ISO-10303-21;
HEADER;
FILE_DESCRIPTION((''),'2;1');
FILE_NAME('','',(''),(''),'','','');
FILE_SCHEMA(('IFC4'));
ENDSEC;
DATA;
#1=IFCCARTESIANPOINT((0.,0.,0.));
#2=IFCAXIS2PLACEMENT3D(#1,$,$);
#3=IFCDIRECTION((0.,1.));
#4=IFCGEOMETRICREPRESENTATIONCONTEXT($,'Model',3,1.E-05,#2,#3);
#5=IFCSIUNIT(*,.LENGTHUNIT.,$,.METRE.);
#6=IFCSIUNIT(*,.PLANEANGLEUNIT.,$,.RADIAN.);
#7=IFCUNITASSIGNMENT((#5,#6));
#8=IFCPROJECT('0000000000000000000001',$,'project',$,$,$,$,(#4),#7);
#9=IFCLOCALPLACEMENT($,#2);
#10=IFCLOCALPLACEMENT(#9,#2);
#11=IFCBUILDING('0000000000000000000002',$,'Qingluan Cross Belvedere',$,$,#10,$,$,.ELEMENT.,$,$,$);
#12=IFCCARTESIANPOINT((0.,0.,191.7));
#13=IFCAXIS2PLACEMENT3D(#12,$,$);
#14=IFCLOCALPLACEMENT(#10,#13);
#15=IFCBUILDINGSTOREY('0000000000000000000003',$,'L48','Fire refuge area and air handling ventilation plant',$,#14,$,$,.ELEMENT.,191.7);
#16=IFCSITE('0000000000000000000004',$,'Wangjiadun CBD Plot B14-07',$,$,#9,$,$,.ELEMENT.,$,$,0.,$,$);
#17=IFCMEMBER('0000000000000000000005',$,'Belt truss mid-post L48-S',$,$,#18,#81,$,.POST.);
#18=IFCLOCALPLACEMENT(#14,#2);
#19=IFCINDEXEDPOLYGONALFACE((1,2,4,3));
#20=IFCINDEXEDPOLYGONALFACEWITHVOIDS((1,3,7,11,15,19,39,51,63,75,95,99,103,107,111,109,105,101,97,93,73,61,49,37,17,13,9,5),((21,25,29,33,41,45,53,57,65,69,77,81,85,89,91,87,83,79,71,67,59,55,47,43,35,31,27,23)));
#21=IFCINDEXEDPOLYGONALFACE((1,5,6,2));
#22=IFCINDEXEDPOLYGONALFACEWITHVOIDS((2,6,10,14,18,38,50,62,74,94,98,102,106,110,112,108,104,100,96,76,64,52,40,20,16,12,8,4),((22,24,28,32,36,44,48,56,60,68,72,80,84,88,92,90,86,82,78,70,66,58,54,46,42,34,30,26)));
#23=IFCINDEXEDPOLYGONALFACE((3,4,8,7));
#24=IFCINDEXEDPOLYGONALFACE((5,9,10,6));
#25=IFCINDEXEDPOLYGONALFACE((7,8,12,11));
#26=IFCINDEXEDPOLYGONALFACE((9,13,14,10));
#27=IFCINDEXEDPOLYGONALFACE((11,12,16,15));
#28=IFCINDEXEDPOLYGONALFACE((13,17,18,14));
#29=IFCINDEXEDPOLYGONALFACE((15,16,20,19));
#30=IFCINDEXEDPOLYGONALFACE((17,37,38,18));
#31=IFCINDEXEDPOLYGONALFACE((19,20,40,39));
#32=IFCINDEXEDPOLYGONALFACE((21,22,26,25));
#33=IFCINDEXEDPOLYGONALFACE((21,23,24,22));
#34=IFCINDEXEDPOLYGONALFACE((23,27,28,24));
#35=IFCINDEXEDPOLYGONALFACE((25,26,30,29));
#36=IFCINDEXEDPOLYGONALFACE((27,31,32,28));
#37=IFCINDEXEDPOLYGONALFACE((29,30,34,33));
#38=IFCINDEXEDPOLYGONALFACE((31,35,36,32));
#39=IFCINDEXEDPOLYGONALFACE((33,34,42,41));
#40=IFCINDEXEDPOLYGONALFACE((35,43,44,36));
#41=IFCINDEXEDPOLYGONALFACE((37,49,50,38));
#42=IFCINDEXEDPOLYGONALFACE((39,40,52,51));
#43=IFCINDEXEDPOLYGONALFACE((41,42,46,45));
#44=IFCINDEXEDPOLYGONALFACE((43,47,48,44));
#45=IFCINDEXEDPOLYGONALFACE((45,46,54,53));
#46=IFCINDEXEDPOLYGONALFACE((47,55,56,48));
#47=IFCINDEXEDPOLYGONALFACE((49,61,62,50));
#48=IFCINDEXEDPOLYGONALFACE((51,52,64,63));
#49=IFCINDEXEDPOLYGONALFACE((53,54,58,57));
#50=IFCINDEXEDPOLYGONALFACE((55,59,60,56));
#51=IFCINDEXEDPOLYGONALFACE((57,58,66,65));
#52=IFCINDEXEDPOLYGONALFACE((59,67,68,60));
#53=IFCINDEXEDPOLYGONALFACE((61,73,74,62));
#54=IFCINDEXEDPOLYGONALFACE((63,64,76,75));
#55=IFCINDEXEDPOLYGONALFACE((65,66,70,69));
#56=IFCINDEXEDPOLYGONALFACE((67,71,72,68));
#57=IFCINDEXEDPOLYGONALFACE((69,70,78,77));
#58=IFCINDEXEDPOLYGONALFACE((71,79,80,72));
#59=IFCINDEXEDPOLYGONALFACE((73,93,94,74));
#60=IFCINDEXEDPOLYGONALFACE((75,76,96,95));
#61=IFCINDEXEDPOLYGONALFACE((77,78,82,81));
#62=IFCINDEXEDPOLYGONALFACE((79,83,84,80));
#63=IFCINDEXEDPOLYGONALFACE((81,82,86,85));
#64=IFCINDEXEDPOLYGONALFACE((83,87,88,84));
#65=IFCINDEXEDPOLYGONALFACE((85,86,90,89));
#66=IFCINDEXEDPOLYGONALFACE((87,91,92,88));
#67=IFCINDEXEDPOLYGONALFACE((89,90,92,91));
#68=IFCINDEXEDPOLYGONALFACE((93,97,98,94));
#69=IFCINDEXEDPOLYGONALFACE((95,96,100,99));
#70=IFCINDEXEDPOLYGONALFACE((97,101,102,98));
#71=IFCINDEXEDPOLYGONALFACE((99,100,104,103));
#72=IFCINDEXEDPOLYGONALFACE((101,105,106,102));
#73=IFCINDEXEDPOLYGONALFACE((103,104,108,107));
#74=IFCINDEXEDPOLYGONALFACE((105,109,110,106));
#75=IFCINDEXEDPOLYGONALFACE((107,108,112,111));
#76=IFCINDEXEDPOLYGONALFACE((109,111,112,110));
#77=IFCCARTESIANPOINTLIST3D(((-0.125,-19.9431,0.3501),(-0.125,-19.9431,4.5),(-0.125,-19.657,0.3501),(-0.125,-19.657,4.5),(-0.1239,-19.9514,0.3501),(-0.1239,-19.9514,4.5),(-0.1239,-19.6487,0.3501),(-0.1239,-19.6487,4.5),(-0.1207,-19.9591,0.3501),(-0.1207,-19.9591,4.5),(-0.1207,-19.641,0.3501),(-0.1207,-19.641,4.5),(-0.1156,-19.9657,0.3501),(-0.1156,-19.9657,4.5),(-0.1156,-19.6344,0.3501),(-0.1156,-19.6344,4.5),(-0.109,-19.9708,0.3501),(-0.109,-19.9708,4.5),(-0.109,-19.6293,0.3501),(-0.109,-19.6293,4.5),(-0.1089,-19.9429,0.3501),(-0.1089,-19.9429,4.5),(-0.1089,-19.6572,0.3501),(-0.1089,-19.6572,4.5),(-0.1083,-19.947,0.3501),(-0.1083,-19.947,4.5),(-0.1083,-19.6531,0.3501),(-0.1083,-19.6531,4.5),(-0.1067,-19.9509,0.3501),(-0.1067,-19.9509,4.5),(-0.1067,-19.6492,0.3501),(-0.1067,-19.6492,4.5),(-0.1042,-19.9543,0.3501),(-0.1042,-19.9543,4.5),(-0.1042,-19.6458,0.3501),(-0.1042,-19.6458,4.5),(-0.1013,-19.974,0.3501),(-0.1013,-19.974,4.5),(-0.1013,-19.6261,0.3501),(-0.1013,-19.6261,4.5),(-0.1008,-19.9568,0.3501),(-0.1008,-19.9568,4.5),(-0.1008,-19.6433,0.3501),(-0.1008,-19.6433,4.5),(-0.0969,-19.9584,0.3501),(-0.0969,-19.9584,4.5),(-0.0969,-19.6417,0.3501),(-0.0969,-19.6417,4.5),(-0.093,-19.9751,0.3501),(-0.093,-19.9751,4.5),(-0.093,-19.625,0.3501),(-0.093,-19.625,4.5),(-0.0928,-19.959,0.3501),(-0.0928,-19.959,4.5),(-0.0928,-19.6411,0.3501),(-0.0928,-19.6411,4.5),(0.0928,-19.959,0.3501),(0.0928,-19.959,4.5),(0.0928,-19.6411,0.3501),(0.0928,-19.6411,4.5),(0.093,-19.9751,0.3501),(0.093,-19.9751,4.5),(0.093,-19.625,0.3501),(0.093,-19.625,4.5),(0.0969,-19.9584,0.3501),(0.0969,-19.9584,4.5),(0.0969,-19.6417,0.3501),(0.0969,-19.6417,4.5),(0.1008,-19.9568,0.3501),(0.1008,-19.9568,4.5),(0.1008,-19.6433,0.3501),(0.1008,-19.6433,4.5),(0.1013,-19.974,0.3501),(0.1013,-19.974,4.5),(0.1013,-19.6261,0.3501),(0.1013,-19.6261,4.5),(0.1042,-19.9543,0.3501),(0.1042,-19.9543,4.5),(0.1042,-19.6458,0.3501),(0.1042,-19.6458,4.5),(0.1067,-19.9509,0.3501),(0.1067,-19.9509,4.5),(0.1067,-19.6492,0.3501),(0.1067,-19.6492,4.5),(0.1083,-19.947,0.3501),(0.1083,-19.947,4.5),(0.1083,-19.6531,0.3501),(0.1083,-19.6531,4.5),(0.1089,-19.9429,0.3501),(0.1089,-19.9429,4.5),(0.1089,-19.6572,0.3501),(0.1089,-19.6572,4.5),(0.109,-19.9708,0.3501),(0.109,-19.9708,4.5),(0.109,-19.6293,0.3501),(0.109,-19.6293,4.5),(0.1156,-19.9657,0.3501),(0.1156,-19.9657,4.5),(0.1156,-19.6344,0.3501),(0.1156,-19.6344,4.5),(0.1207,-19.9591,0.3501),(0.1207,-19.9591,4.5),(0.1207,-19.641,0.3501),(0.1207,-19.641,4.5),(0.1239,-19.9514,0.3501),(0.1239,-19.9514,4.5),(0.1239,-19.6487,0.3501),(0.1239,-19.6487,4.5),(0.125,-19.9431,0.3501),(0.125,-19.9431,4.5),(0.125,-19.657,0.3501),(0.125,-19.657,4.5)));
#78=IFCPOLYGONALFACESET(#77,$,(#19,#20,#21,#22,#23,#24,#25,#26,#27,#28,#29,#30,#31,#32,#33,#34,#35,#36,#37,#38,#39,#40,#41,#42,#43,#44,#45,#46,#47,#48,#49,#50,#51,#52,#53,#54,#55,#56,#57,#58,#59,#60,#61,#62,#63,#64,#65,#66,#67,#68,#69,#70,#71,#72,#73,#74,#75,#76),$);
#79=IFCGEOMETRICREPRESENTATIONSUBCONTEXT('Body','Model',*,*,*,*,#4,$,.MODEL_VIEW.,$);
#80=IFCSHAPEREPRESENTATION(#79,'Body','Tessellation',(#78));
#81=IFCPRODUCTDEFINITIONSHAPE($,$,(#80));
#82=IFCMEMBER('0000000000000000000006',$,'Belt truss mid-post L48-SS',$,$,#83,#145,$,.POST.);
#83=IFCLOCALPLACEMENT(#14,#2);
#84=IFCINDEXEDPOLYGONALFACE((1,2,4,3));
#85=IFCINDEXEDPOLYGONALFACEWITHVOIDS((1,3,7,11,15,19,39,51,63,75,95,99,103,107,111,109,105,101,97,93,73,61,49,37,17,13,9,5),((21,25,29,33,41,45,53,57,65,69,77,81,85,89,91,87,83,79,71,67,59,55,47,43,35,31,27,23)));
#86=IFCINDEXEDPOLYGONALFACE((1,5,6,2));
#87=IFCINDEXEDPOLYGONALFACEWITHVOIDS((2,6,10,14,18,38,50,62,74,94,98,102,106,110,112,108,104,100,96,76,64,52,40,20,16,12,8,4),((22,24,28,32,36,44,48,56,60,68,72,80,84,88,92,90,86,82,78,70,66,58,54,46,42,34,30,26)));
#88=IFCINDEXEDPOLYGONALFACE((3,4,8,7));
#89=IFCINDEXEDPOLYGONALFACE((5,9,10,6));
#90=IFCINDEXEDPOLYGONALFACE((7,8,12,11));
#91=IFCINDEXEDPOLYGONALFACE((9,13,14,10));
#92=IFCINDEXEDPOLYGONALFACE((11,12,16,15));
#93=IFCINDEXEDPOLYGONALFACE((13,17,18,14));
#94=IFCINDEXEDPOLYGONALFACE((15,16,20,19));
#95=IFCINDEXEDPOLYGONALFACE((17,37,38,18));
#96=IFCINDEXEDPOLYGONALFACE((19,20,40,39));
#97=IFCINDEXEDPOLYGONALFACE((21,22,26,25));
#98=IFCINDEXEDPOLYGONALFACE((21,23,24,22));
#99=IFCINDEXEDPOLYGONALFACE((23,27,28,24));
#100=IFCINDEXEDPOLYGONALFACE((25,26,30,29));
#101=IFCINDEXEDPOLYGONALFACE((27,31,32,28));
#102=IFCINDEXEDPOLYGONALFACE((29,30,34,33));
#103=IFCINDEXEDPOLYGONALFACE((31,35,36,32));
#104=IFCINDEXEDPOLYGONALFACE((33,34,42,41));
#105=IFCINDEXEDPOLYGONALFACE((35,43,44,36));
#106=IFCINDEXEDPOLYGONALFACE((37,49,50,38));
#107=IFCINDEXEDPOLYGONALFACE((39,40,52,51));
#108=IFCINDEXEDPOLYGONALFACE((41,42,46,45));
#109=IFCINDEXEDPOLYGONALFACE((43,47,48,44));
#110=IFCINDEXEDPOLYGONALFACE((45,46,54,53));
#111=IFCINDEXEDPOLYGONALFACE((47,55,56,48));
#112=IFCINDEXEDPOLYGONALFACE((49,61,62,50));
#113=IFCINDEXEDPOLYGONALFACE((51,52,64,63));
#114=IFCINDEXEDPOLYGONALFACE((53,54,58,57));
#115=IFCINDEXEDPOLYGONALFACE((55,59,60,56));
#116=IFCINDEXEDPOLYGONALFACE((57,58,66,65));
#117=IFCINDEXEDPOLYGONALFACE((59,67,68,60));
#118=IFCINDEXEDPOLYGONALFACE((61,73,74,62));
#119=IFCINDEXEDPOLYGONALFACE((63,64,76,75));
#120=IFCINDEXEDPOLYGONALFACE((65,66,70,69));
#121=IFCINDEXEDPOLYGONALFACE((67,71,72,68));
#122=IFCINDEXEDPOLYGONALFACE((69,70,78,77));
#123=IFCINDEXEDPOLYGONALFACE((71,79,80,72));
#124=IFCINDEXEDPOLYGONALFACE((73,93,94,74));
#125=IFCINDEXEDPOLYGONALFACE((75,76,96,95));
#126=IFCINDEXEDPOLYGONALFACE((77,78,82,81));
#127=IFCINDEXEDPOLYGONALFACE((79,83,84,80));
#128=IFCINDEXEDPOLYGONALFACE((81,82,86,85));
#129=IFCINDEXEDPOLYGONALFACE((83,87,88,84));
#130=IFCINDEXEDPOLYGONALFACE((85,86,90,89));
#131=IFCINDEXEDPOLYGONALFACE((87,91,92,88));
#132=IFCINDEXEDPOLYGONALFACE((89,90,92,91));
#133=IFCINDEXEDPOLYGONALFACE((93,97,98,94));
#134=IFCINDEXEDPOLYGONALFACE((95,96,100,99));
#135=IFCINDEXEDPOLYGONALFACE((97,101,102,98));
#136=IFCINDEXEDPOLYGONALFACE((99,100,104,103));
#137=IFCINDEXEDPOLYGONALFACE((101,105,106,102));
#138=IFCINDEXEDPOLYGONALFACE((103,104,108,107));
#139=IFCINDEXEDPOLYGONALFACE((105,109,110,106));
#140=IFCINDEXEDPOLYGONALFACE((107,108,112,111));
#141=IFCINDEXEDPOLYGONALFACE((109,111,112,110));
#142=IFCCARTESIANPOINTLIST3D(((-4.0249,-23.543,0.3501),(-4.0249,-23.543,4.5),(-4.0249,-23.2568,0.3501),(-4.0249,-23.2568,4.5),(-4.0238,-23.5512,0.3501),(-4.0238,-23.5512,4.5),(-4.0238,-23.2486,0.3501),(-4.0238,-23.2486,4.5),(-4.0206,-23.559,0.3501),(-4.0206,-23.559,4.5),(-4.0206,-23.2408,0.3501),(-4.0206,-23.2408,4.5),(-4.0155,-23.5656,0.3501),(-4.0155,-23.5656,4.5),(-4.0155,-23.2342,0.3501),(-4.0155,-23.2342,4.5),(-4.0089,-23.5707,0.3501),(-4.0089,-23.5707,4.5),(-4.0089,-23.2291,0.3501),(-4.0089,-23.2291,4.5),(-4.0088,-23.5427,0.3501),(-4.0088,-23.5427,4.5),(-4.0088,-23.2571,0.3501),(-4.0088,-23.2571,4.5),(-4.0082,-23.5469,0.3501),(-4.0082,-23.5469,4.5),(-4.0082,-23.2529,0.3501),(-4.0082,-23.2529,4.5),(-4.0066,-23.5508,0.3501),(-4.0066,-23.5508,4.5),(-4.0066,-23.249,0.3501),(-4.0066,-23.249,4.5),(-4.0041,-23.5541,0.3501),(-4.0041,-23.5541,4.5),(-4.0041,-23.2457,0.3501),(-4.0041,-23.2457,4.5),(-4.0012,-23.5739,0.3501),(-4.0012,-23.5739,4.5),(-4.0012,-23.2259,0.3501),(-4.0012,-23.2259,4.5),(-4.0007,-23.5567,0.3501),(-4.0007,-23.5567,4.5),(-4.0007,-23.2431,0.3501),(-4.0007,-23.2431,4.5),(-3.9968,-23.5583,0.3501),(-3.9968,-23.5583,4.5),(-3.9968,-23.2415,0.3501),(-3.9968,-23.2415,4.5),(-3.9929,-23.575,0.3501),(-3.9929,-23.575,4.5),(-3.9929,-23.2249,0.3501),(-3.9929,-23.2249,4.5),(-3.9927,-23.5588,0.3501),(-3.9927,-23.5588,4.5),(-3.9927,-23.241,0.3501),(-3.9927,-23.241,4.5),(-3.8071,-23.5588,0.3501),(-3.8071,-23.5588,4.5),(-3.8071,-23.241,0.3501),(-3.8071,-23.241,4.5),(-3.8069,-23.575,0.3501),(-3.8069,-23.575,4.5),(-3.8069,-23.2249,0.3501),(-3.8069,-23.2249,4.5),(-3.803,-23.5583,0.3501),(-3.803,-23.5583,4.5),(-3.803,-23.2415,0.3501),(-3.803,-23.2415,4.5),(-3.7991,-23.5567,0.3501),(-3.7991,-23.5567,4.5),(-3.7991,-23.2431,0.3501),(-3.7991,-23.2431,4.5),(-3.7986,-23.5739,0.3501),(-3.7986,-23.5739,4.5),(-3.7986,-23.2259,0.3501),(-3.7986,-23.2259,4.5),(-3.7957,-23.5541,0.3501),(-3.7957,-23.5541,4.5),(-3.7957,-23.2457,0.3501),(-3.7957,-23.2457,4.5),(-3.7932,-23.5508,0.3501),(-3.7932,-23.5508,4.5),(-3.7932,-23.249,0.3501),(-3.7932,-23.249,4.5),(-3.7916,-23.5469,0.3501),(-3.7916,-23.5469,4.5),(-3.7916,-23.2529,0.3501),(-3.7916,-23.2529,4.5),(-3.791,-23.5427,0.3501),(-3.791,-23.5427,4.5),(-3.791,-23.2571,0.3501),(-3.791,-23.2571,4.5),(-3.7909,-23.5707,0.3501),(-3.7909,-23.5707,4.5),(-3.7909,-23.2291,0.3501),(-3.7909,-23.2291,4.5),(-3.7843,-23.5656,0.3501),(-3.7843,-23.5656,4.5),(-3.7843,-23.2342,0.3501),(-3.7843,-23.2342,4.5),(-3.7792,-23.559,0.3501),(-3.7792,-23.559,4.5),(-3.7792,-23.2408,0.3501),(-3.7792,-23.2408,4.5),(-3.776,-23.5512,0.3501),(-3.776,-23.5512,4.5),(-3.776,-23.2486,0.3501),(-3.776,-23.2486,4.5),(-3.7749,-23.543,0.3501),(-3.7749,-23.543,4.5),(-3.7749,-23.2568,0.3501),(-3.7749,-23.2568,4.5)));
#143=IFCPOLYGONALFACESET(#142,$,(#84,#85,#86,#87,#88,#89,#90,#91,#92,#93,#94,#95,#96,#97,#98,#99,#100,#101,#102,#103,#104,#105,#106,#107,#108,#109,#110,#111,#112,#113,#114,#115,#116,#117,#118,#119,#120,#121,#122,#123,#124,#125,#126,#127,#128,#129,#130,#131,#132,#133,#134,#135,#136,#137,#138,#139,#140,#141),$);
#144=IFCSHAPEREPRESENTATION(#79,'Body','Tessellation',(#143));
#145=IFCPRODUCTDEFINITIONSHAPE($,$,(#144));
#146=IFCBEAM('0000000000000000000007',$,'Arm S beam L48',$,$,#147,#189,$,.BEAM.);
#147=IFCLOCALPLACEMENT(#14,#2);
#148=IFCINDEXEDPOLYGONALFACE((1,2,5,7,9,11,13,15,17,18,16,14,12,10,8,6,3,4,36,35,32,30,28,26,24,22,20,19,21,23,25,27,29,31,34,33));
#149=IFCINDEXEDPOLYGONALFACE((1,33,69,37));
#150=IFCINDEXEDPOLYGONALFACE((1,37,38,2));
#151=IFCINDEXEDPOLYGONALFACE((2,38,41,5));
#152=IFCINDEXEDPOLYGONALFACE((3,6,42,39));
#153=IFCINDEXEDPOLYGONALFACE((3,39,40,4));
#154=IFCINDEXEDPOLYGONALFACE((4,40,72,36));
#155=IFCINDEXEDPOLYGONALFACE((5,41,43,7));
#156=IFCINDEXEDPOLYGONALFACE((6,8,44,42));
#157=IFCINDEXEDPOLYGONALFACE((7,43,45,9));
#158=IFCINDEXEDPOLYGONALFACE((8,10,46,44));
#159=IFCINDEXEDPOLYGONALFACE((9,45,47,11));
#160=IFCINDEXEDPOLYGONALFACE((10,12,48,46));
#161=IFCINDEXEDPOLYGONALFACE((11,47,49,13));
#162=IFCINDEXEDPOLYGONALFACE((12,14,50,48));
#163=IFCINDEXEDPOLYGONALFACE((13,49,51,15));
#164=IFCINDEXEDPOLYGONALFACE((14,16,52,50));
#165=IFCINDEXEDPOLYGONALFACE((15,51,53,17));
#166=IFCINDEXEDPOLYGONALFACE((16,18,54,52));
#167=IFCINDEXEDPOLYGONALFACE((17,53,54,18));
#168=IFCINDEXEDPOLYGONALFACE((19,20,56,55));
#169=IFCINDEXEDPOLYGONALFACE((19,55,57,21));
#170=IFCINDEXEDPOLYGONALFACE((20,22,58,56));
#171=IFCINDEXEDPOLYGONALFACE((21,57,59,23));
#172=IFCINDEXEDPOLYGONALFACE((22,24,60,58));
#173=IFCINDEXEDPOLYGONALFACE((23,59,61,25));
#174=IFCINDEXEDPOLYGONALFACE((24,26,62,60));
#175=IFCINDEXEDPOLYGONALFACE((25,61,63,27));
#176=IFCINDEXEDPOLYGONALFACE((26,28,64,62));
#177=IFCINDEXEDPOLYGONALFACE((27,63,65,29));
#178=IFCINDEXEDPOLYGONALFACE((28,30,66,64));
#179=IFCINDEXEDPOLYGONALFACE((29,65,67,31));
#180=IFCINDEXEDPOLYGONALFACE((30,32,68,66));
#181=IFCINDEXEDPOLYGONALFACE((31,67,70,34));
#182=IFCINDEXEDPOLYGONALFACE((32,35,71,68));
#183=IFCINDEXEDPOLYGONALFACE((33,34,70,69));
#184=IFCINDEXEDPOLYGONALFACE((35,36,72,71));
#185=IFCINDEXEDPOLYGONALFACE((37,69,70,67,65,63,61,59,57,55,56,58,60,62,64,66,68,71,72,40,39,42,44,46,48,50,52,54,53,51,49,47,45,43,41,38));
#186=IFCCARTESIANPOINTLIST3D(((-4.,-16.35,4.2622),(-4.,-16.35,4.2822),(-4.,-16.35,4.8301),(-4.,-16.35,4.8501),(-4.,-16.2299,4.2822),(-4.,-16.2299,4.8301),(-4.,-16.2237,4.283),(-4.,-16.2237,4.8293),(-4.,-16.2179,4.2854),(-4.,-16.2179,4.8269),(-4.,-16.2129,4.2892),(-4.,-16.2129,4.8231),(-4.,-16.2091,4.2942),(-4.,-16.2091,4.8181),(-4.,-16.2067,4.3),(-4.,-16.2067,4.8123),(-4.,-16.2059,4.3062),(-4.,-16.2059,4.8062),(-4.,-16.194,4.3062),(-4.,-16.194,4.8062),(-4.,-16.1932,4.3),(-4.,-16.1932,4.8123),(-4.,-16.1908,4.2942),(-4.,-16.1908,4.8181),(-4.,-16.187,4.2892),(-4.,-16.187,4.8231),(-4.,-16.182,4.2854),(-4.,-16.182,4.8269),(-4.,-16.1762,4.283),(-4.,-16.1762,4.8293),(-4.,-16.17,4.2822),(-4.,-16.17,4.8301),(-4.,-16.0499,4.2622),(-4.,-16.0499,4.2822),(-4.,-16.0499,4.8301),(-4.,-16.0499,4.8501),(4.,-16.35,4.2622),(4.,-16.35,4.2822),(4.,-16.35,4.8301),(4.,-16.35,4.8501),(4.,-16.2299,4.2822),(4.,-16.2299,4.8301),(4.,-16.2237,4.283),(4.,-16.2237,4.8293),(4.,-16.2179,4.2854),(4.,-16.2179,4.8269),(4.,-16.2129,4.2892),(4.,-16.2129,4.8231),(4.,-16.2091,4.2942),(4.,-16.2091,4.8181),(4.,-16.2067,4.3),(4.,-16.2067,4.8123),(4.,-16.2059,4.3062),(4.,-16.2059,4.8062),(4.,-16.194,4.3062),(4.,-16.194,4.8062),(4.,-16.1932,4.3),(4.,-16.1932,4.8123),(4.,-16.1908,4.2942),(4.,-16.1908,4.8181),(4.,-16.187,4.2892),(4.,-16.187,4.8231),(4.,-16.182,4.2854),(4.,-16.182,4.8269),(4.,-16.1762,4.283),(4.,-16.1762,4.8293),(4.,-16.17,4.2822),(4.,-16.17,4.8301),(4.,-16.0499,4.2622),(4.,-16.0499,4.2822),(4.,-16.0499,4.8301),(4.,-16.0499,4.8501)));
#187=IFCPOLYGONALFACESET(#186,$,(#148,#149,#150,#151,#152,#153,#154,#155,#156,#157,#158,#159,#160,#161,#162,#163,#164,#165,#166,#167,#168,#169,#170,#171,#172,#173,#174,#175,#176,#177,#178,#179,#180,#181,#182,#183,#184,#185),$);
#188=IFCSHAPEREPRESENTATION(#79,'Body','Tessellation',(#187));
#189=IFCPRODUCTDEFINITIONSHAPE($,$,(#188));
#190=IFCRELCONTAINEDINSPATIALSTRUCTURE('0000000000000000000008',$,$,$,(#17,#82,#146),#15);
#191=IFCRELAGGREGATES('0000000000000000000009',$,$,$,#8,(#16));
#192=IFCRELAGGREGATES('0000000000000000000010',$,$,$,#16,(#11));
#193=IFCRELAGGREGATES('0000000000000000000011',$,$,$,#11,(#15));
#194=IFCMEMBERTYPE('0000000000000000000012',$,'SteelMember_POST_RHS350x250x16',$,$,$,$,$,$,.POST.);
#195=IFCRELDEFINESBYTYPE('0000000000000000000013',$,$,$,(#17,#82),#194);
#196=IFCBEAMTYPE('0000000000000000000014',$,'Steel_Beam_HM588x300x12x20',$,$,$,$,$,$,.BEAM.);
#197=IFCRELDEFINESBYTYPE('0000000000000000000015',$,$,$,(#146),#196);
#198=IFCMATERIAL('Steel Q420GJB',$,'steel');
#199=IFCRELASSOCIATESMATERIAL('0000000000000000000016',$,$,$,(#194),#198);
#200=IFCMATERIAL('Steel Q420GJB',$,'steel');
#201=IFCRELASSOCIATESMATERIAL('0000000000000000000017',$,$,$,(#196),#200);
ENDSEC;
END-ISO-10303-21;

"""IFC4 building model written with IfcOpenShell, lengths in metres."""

from ifc_helpers import new_model, si_unit, direction, frame, origin, origin_2d, place, context, subcontext, project, spatial, hollow_rectangle, i_section, extrude, material, material_profile, profile_set, type_object, element, save


model = new_model("IFC4")

# Units and contexts
model_context = context("Model", 3, precision=1e-05, world=origin(), true_north=direction((0.0, 1.0)))
body_context = subcontext(model_context, "Body", "Model", "MODEL_VIEW")
ifc_project = project(units=[si_unit("LENGTHUNIT", "METRE"), si_unit("PLANEANGLEUNIT", "RADIAN")], contexts=[model_context])

# Site, building, storey
site_placement = place(None, origin())
site = spatial("IfcSite", under=ifc_project, at=site_placement, Name="Wangjiadun CBD Plot B14-07", CompositionType="ELEMENT", RefElevation=0.0)
building_placement = place(site_placement, origin())
building = spatial("IfcBuilding", under=site, at=building_placement, Name="Qingluan Cross Belvedere", CompositionType="ELEMENT")
storey_placement = place(building_placement, frame((0.0, 0.0, 191.7)))
storey = spatial("IfcBuildingStorey", under=building, at=storey_placement, Name="L48", Description="Fire refuge area and air handling ventilation plant", CompositionType="ELEMENT", Elevation=191.7)

# Members
ifc_material_1 = material(Name="Steel Q420GJB", Category="steel")
ifc_material_profile_1 = material_profile(ifc_material_1, hollow_rectangle(XDim=0.25, YDim=0.3501, WallThickness=0.0161, InnerFilletRadius=0.0161, OuterFilletRadius=0.032, at=origin_2d()), Name="RHS350x250x16")
ifc_profile_set_1 = profile_set([ifc_material_profile_1], Name="Steel Q420GJB")
member_type_1 = type_object("IfcMemberType", Name="SteelMember_POST_RHS350x250x16", PredefinedType="POST", material=ifc_profile_set_1)
for number, where, z_axis, x_axis, name in (
    (1, (0.0, -19.8, 0.3501), (0.0, 0.0, 1.0), (1.0, 0.0, 0.0), "Belt truss mid-post L48-S"),
    (2, (-3.8999, -23.3999, 0.3501), (0.0, 0.0, 1.0), (1.0, 0.0, 0.0), "Belt truss mid-post L48-SS"),
):
    element("IfcMember", number, at=place(storey_placement, frame(where, z_axis=z_axis, x_axis=x_axis)), inside=storey, type_object=member_type_1, Name=name, PredefinedType="POST", context=body_context, shape_type="SweptSolid", body=[
        extrude(hollow_rectangle(XDim=0.25, YDim=0.3501, WallThickness=0.0161, InnerFilletRadius=0.0161, OuterFilletRadius=0.032, at=origin_2d()), origin(), (0.0, 0.0, 1.0), 4.1499),
    ])

# Beam
ifc_material_2 = material(Name="Steel Q420GJB", Category="steel")
ifc_material_profile_2 = material_profile(ifc_material_2, i_section(OverallWidth=0.3, OverallDepth=0.5879, WebThickness=0.012, FlangeThickness=0.02, FilletRadius=0.0239, at=origin_2d()), Name="HM588x300x12x20")
ifc_profile_set_2 = profile_set([ifc_material_profile_2], Name="Steel Q420GJB")
beam_type_1 = type_object("IfcBeamType", Name="Steel_Beam_HM588x300x12x20", PredefinedType="BEAM", material=ifc_profile_set_2)
beam_1_placement = place(storey_placement, frame((-4.0, -16.2, 4.5562), z_axis=(1.0, 0.0, 0.0), x_axis=(0.0, 1.0, 0.0)))
element("IfcBeam", 3, at=beam_1_placement, inside=storey, type_object=beam_type_1, Name="Arm S beam L48", PredefinedType="BEAM", context=body_context, shape_type="SweptSolid", body=[
    extrude(i_section(OverallWidth=0.3, OverallDepth=0.5879, WebThickness=0.012, FlangeThickness=0.02, FilletRadius=0.0239, at=origin_2d()), origin(), (0.0, 0.0, 1.0), 8.0),
])

save(model, "model.ifc")
